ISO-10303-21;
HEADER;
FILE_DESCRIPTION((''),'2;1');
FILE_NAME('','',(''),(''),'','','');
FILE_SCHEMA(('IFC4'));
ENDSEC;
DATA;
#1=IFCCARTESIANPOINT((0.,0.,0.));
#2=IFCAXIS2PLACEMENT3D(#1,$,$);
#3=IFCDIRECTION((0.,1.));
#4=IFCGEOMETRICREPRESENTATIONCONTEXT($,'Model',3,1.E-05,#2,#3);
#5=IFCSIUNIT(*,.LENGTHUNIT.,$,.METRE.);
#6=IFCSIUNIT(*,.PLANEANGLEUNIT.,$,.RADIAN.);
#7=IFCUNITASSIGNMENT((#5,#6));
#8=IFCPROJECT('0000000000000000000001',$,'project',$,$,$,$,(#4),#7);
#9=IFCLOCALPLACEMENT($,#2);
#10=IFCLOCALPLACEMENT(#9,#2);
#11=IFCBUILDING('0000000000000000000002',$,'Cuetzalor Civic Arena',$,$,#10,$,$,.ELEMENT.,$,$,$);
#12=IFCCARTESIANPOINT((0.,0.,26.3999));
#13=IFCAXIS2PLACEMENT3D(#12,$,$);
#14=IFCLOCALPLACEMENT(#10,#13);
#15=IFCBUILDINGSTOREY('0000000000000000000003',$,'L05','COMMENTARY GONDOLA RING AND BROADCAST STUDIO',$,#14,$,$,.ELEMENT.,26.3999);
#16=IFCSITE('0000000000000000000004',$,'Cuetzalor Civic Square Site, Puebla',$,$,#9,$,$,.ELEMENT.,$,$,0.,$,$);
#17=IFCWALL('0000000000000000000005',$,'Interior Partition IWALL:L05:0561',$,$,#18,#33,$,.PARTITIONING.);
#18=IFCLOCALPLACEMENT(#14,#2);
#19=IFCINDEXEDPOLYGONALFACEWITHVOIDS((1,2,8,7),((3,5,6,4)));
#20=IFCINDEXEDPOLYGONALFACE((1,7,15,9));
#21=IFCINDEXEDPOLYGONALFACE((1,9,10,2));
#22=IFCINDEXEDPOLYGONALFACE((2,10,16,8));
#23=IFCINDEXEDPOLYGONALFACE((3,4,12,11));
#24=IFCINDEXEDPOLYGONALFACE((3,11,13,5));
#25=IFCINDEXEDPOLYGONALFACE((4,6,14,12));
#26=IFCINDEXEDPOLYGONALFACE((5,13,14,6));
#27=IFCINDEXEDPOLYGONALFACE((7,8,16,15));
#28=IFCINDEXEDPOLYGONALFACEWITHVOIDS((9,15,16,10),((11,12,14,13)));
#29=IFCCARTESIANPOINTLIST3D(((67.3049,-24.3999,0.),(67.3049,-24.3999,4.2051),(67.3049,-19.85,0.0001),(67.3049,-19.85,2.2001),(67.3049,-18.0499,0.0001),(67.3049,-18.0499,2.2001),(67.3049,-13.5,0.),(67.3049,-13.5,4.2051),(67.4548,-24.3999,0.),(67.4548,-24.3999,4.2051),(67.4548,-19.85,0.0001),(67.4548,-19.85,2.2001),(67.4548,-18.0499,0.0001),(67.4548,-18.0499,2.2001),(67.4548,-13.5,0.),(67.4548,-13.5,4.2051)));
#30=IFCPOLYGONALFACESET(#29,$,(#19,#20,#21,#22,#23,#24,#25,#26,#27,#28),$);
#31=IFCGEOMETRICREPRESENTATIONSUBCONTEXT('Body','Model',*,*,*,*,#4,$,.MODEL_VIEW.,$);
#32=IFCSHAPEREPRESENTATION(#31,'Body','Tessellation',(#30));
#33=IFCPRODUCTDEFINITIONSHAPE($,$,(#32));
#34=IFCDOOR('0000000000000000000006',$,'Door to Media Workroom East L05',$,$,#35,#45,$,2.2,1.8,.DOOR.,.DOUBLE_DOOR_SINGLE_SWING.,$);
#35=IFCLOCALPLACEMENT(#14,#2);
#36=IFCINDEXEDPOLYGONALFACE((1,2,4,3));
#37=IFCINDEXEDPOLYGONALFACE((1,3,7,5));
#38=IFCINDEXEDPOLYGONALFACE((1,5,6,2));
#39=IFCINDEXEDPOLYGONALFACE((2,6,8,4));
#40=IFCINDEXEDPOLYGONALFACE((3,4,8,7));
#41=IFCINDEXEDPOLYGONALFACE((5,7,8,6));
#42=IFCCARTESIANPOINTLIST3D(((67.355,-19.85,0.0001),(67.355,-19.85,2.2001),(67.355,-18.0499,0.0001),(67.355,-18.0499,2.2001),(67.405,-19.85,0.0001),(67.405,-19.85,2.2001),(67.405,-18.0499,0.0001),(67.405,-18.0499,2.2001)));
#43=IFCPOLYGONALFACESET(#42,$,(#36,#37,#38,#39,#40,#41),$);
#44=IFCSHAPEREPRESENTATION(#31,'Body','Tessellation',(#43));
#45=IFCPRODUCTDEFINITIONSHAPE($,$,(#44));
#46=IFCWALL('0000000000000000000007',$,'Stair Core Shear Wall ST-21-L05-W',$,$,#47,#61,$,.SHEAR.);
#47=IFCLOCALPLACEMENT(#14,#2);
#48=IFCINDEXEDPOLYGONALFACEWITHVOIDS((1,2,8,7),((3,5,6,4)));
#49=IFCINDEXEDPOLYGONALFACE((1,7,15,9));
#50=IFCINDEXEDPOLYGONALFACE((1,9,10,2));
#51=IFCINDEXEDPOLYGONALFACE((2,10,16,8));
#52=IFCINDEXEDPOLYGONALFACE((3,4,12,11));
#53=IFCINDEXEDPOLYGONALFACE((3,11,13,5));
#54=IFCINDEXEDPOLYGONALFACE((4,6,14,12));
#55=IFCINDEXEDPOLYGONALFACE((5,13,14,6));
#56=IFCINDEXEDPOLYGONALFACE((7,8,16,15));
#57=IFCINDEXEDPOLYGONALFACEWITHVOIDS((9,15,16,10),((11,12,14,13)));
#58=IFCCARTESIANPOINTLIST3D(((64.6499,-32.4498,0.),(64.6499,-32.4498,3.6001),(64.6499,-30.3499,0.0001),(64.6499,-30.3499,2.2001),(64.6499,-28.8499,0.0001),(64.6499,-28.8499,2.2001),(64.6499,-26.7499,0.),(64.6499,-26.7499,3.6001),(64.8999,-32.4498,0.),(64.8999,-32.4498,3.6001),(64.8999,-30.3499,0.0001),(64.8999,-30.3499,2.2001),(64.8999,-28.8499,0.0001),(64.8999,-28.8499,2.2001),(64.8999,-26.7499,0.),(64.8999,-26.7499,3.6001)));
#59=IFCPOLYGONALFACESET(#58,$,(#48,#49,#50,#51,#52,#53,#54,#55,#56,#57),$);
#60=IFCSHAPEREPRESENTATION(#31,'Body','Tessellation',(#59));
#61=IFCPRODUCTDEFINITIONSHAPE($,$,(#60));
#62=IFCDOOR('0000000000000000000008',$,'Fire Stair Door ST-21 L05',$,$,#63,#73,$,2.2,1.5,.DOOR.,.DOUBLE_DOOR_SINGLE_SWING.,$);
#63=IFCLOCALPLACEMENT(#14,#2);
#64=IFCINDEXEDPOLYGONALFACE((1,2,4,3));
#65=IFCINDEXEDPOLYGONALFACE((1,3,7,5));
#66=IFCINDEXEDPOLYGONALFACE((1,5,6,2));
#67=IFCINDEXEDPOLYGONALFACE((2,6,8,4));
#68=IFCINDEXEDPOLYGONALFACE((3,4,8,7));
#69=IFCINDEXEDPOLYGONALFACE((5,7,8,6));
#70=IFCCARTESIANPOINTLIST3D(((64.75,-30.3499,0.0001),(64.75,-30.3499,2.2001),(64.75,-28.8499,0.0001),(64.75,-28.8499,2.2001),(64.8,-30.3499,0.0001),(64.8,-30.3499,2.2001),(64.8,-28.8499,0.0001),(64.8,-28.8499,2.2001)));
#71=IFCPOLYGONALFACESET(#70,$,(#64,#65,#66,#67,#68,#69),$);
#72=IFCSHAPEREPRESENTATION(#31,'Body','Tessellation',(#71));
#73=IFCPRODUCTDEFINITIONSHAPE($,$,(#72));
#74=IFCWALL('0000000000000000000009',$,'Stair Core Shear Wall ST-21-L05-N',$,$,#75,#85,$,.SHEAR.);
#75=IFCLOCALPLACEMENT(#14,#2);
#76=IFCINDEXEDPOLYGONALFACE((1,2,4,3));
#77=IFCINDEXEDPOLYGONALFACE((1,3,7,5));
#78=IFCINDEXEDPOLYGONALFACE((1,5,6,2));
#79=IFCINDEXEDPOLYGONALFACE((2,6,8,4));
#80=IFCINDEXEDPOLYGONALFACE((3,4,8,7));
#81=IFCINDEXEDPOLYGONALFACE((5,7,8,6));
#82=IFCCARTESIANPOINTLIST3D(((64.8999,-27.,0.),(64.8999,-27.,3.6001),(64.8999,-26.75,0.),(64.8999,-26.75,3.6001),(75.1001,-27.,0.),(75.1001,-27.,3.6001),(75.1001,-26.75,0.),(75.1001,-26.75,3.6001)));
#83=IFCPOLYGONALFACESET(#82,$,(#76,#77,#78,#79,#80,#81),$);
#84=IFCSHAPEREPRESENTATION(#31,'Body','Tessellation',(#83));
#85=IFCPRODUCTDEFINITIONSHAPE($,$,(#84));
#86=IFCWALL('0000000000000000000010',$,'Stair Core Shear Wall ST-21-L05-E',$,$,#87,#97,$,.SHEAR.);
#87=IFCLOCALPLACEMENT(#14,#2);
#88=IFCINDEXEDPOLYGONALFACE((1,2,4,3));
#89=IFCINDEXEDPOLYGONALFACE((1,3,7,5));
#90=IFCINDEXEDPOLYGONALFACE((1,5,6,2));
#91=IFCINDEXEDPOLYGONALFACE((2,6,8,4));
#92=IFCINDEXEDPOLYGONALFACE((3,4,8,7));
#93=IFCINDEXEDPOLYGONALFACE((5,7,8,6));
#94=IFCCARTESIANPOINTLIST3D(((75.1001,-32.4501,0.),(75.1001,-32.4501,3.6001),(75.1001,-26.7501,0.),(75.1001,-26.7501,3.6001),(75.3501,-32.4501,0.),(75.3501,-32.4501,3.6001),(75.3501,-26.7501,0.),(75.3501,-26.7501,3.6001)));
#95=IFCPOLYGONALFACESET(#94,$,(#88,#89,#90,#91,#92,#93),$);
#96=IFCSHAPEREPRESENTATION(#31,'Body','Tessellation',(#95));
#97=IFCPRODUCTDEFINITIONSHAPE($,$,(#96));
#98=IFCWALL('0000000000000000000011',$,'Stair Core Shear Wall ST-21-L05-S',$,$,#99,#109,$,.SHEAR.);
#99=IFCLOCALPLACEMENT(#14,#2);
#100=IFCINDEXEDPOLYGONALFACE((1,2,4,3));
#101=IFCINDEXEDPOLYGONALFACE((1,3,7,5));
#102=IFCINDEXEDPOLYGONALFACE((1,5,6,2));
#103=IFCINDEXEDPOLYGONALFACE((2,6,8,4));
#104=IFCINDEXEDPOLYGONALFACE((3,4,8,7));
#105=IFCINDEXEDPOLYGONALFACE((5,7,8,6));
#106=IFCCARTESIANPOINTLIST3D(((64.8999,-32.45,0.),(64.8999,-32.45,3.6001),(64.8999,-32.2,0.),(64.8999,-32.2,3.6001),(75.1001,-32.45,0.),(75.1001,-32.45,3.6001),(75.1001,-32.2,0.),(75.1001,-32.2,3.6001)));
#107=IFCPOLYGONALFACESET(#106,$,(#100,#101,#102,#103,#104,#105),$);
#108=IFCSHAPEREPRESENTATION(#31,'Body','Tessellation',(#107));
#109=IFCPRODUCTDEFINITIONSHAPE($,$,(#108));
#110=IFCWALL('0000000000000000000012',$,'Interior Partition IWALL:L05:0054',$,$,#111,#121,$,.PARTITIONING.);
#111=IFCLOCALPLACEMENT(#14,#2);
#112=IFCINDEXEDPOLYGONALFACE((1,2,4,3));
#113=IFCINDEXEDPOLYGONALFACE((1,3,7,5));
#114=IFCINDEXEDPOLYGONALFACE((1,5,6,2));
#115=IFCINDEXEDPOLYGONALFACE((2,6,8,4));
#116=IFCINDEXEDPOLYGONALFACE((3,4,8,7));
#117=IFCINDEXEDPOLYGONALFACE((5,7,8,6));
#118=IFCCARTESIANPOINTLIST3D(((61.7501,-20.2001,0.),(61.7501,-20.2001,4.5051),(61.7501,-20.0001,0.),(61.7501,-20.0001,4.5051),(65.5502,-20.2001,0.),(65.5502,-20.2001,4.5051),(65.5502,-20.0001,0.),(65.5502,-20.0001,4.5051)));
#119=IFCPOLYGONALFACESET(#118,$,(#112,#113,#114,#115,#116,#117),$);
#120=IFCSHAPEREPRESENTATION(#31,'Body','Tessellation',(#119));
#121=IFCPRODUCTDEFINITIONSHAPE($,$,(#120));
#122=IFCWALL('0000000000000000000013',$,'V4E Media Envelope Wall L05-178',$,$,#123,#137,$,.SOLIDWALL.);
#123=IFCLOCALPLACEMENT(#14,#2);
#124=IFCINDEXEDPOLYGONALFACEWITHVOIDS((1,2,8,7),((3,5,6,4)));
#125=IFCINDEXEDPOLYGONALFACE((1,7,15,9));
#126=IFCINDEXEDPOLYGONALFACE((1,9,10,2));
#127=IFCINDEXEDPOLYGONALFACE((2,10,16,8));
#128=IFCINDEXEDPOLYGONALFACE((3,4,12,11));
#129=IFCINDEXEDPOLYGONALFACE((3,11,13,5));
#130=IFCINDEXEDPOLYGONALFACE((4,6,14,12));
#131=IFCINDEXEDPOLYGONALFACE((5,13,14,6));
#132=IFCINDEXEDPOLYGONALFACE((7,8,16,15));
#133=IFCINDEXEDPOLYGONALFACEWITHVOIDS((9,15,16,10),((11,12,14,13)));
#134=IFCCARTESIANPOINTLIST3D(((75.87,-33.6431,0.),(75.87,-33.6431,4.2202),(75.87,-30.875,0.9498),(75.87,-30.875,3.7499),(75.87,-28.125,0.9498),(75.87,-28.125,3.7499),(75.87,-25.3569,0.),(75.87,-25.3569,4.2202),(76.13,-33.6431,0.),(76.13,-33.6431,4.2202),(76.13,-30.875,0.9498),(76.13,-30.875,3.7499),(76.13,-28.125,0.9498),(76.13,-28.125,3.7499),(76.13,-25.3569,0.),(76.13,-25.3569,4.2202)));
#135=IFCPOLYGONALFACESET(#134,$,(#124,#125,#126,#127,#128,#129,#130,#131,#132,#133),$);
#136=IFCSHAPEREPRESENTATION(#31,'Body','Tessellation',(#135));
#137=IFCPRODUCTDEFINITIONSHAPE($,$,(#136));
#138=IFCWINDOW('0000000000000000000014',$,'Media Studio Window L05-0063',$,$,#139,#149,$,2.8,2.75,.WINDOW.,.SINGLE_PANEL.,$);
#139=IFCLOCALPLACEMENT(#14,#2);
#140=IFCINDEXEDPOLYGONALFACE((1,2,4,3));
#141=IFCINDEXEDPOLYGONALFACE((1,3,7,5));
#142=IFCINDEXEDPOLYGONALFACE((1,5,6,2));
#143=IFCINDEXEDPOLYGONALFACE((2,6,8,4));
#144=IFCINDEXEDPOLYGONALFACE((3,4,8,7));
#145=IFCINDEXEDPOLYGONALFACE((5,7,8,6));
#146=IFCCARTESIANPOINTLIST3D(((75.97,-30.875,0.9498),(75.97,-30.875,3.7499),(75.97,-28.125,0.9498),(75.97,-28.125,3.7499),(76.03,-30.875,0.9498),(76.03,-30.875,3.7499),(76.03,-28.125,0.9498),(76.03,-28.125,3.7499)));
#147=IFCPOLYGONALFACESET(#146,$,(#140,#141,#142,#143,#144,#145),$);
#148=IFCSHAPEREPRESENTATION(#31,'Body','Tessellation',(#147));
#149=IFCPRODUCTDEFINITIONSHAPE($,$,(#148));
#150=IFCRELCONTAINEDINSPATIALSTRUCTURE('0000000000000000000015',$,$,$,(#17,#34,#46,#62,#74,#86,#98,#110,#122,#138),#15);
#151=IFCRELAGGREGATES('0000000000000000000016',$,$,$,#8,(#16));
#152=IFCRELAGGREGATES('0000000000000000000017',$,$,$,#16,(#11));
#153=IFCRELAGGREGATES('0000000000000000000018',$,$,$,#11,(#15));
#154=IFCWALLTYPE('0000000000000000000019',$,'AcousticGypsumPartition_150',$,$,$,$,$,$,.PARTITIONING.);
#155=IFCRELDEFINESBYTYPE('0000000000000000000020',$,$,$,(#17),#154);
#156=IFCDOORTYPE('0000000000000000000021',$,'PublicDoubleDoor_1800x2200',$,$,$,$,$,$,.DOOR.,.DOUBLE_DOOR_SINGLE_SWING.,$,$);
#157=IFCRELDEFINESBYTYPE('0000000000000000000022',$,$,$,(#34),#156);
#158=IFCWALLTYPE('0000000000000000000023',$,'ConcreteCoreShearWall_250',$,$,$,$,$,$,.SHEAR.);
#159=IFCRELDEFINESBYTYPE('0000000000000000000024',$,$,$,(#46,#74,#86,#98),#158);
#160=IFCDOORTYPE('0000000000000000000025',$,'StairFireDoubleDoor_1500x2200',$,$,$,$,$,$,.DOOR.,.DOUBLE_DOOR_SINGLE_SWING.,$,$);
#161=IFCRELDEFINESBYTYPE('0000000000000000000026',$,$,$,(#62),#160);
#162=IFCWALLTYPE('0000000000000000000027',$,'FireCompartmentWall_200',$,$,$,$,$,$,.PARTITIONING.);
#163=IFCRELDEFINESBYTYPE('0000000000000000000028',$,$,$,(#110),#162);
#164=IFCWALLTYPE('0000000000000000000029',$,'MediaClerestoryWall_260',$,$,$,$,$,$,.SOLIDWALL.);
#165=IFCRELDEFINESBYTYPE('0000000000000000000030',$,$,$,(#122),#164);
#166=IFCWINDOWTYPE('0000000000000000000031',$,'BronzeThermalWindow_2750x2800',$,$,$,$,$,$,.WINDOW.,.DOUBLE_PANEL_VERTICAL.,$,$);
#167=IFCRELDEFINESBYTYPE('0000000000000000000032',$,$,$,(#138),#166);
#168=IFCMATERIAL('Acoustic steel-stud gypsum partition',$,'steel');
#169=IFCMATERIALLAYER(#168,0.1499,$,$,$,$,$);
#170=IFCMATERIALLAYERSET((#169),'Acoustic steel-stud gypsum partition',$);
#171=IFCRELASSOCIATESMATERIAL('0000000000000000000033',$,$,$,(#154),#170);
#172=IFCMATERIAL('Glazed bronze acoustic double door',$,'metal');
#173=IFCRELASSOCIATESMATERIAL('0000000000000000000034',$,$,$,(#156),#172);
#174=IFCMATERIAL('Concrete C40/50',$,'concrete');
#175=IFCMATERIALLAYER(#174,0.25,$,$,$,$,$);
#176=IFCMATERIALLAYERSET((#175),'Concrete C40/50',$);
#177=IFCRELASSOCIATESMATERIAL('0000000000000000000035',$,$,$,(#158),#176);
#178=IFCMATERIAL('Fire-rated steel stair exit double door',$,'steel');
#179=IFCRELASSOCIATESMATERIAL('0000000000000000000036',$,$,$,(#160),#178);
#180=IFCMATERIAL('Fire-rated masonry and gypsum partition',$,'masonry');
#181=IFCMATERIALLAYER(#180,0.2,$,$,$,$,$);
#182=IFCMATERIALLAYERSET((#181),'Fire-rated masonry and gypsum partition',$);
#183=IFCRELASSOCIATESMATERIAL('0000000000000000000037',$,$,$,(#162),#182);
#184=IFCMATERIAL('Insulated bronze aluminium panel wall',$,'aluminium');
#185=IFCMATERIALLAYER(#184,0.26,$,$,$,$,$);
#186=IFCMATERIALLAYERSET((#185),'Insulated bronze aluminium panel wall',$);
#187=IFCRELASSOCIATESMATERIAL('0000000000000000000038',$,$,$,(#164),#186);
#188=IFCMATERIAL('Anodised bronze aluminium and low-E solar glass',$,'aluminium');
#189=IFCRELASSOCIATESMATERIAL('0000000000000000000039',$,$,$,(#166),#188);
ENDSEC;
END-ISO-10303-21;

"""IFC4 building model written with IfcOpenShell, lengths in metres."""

from ifc_helpers import new_model, si_unit, direction, frame, frame_2d, origin, place, context, subcontext, project, spatial, rectangle, extrude, material, layer, layer_set, type_object, element, fill, save


model = new_model("IFC4")

# Units and contexts
model_context = context("Model", 3, precision=1e-05, world=origin(), true_north=direction((0.0, 1.0)))
body_context = subcontext(model_context, "Body", "Model", "MODEL_VIEW")
ifc_project = project(units=[si_unit("LENGTHUNIT", "METRE"), si_unit("PLANEANGLEUNIT", "RADIAN")], contexts=[model_context])

# Site, building, storey
site_placement = place(None, origin())
site = spatial("IfcSite", under=ifc_project, at=site_placement, Name="Cuetzalor Civic Square Site, Puebla", CompositionType="ELEMENT", RefElevation=0.0)
building_placement = place(site_placement, origin())
building = spatial("IfcBuilding", under=site, at=building_placement, Name="Cuetzalor Civic Arena", CompositionType="ELEMENT")
storey_placement = place(building_placement, frame((0.0, 0.0, 26.3999)))
storey = spatial("IfcBuildingStorey", under=building, at=storey_placement, Name="L05", Description="COMMENTARY GONDOLA RING AND BROADCAST STUDIO", CompositionType="ELEMENT", Elevation=26.3999)

# Shared definitions
ifc_material_1 = material(Name="Acoustic steel-stud gypsum partition", Category="steel")
ifc_layer_1 = layer(ifc_material_1, 0.1499)
ifc_layer_set_1 = layer_set([ifc_layer_1], Name="Acoustic steel-stud gypsum partition")
wall_type_1 = type_object("IfcWallType", Name="AcousticGypsumPartition_150", PredefinedType="PARTITIONING", material=ifc_layer_set_1)

# Walls, openings, doors
wall_1_placement = place(storey_placement, frame((67.3799, -24.3999, 0.0), z_axis=(0.0, 0.0, 1.0), x_axis=(0.0, 1.0, 0.0)))
wall_1 = element("IfcWall", 1, at=wall_1_placement, inside=storey, type_object=wall_type_1, Name="Interior Partition IWALL:L05:0561", PredefinedType="PARTITIONING", context=body_context, shape_type="SweptSolid", body=[
    extrude(rectangle(XDim=10.8999, YDim=0.1499, at=frame_2d((5.45, 0.0))), origin(), (0.0, 0.0, 1.0), 4.2051),
])
opening_1_placement = place(wall_1_placement, frame((4.55, 0.0, 0.0)))
opening_1 = element("IfcOpeningElement", 2, at=opening_1_placement, cuts=wall_1, PredefinedType="OPENING", context=body_context, shape_type="SweptSolid", body=[
    extrude(rectangle(XDim=1.8, YDim=2.2, at=frame_2d((0.8999, 1.1001))), frame((0.0, 0.085, 0.0), z_axis=(0.0, -1.0, 0.0), x_axis=(1.0, 0.0, 0.0)), (0.0, 0.0, 1.0), 0.1699),
])
ifc_material_2 = material(Name="Glazed bronze acoustic double door", Category="metal")
door_type_1 = type_object("IfcDoorType", Name="PublicDoubleDoor_1800x2200", OperationType="DOUBLE_DOOR_SINGLE_SWING", PredefinedType="DOOR", material=ifc_material_2)
door_1_placement = place(opening_1_placement, origin())
door_1 = element("IfcDoor", 3, at=door_1_placement, inside=storey, type_object=door_type_1, Name="Door to Media Workroom East L05", OperationType="DOUBLE_DOOR_SINGLE_SWING", OverallHeight=2.2, OverallWidth=1.8, PredefinedType="DOOR", context=body_context, shape_type="SweptSolid", body=[
    extrude(rectangle(XDim=1.8, YDim=2.2, at=frame_2d((0.8999, 1.1001))), frame((0.0, 0.0249, 0.0), z_axis=(0.0, -1.0, 0.0), x_axis=(1.0, 0.0, 0.0)), (0.0, 0.0, 1.0), 0.05),
])
fill(opening_1, door_1)
ifc_material_3 = material(Name="Concrete C40/50", Category="concrete")
ifc_layer_2 = layer(ifc_material_3, 0.25)
ifc_layer_set_2 = layer_set([ifc_layer_2], Name="Concrete C40/50")
wall_type_2 = type_object("IfcWallType", Name="ConcreteCoreShearWall_250", PredefinedType="SHEAR", material=ifc_layer_set_2)
wall_2_placement = place(storey_placement, frame((64.7749, -32.45, 0.0), z_axis=(0.0, 0.0, 1.0), x_axis=(0.0, 1.0, 0.0)))
wall_2 = element("IfcWall", 4, at=wall_2_placement, inside=storey, type_object=wall_type_2, Name="Stair Core Shear Wall ST-21-L05-W", PredefinedType="SHEAR", context=body_context, shape_type="SweptSolid", body=[
    extrude(rectangle(XDim=5.7, YDim=0.25, at=frame_2d((2.8501, 0.0))), origin(), (0.0, 0.0, 1.0), 3.6001),
])
opening_2_placement = place(wall_2_placement, frame((2.1001, 0.0, 0.0)))
opening_2 = element("IfcOpeningElement", 5, at=opening_2_placement, cuts=wall_2, PredefinedType="OPENING", context=body_context, shape_type="SweptSolid", body=[
    extrude(rectangle(XDim=1.5, YDim=2.2, at=frame_2d((0.75, 1.1001))), frame((0.0, 0.135, 0.0), z_axis=(0.0, -1.0, 0.0), x_axis=(1.0, 0.0, 0.0)), (0.0, 0.0, 1.0), 0.27),
])
ifc_material_4 = material(Name="Fire-rated steel stair exit double door", Category="steel")
door_type_2 = type_object("IfcDoorType", Name="StairFireDoubleDoor_1500x2200", OperationType="DOUBLE_DOOR_SINGLE_SWING", PredefinedType="DOOR", material=ifc_material_4)
door_2_placement = place(opening_2_placement, origin())
door_2 = element("IfcDoor", 6, at=door_2_placement, inside=storey, type_object=door_type_2, Name="Fire Stair Door ST-21 L05", OperationType="DOUBLE_DOOR_SINGLE_SWING", OverallHeight=2.2, OverallWidth=1.5, PredefinedType="DOOR", context=body_context, shape_type="SweptSolid", body=[
    extrude(rectangle(XDim=1.5, YDim=2.2, at=frame_2d((0.75, 1.1001))), frame((0.0, 0.0249, 0.0), z_axis=(0.0, -1.0, 0.0), x_axis=(1.0, 0.0, 0.0)), (0.0, 0.0, 1.0), 0.05),
])
fill(opening_2, door_2)

# Walls
wall_3_placement = place(storey_placement, frame((64.8999, -26.875, 0.0), z_axis=(0.0, 0.0, 1.0), x_axis=(1.0, 0.0, 0.0)))
element("IfcWall", 7, at=wall_3_placement, inside=storey, type_object=wall_type_2, Name="Stair Core Shear Wall ST-21-L05-N", PredefinedType="SHEAR", context=body_context, shape_type="SweptSolid", body=[
    extrude(rectangle(XDim=10.2002, YDim=0.25, at=frame_2d((5.1001, 0.0))), origin(), (0.0, 0.0, 1.0), 3.6001),
])
wall_4_placement = place(storey_placement, frame((75.2251, -26.75, 0.0), z_axis=(0.0, 0.0, 1.0), x_axis=(0.0, -1.0, 0.0)))
element("IfcWall", 8, at=wall_4_placement, inside=storey, type_object=wall_type_2, Name="Stair Core Shear Wall ST-21-L05-E", PredefinedType="SHEAR", context=body_context, shape_type="SweptSolid", body=[
    extrude(rectangle(XDim=5.7, YDim=0.25, at=frame_2d((2.8501, 0.0))), origin(), (0.0, 0.0, 1.0), 3.6001),
])
wall_5_placement = place(storey_placement, frame((75.1001, -32.325, 0.0), z_axis=(0.0, 0.0, 1.0), x_axis=(-1.0, 0.0, 0.0)))
element("IfcWall", 9, at=wall_5_placement, inside=storey, type_object=wall_type_2, Name="Stair Core Shear Wall ST-21-L05-S", PredefinedType="SHEAR", context=body_context, shape_type="SweptSolid", body=[
    extrude(rectangle(XDim=10.2002, YDim=0.25, at=frame_2d((5.1001, 0.0))), origin(), (0.0, 0.0, 1.0), 3.6001),
])
ifc_material_5 = material(Name="Fire-rated masonry and gypsum partition", Category="masonry")
ifc_layer_3 = layer(ifc_material_5, 0.2)
ifc_layer_set_3 = layer_set([ifc_layer_3], Name="Fire-rated masonry and gypsum partition")
wall_type_3 = type_object("IfcWallType", Name="FireCompartmentWall_200", PredefinedType="PARTITIONING", material=ifc_layer_set_3)
wall_6_placement = place(storey_placement, frame((65.55, -20.1001, 0.0), z_axis=(0.0, 0.0, 1.0), x_axis=(-1.0, 0.0, 0.0)))
element("IfcWall", 10, at=wall_6_placement, inside=storey, type_object=wall_type_3, Name="Interior Partition IWALL:L05:0054", PredefinedType="PARTITIONING", context=body_context, shape_type="SweptSolid", body=[
    extrude(rectangle(XDim=3.8, YDim=0.2, at=frame_2d((1.8999, 0.0))), origin(), (0.0, 0.0, 1.0), 4.5051),
])

# Wall, opening, window
ifc_material_6 = material(Name="Insulated bronze aluminium panel wall", Category="aluminium")
ifc_layer_4 = layer(ifc_material_6, 0.26)
ifc_layer_set_4 = layer_set([ifc_layer_4], Name="Insulated bronze aluminium panel wall")
wall_type_4 = type_object("IfcWallType", Name="MediaClerestoryWall_260", PredefinedType="SOLIDWALL", material=ifc_layer_set_4)
wall_7_placement = place(storey_placement, frame((76.0, -25.3569, 0.0), z_axis=(0.0, 0.0, 1.0), x_axis=(0.0, -1.0, 0.0)))
wall_7 = element("IfcWall", 11, at=wall_7_placement, inside=storey, type_object=wall_type_4, Name="V4E Media Envelope Wall L05-178", PredefinedType="SOLIDWALL", context=body_context, shape_type="SweptSolid", body=[
    extrude(rectangle(XDim=8.2861, YDim=0.26, at=frame_2d((4.1431, 0.0))), origin(), (0.0, 0.0, 1.0), 4.2202),
])
opening_3_placement = place(wall_7_placement, frame((2.7681, 0.0, 0.95)))
opening_3 = element("IfcOpeningElement", 12, at=opening_3_placement, cuts=wall_7, PredefinedType="OPENING", context=body_context, shape_type="SweptSolid", body=[
    extrude(rectangle(XDim=2.75, YDim=2.8, at=frame_2d((1.375, 1.3999))), frame((0.0, 0.1401, 0.0), z_axis=(0.0, -1.0, 0.0), x_axis=(1.0, 0.0, 0.0)), (0.0, 0.0, 1.0), 0.28),
])
ifc_material_7 = material(Name="Anodised bronze aluminium and low-E solar glass", Category="aluminium")
window_type = type_object("IfcWindowType", Name="BronzeThermalWindow_2750x2800", PartitioningType="DOUBLE_PANEL_VERTICAL", PredefinedType="WINDOW", material=ifc_material_7)
window_placement = place(opening_3_placement, origin())
window = element("IfcWindow", 13, at=window_placement, inside=storey, type_object=window_type, Name="Media Studio Window L05-0063", OverallHeight=2.8, OverallWidth=2.75, PartitioningType="SINGLE_PANEL", PredefinedType="WINDOW", context=body_context, shape_type="SweptSolid", body=[
    extrude(rectangle(XDim=2.75, YDim=2.8, at=frame_2d((1.375, 1.3999))), frame((0.0, 0.03, 0.0), z_axis=(0.0, -1.0, 0.0), x_axis=(1.0, 0.0, 0.0)), (0.0, 0.0, 1.0), 0.0601),
])
fill(opening_3, window)

save(model, "model.ifc")
